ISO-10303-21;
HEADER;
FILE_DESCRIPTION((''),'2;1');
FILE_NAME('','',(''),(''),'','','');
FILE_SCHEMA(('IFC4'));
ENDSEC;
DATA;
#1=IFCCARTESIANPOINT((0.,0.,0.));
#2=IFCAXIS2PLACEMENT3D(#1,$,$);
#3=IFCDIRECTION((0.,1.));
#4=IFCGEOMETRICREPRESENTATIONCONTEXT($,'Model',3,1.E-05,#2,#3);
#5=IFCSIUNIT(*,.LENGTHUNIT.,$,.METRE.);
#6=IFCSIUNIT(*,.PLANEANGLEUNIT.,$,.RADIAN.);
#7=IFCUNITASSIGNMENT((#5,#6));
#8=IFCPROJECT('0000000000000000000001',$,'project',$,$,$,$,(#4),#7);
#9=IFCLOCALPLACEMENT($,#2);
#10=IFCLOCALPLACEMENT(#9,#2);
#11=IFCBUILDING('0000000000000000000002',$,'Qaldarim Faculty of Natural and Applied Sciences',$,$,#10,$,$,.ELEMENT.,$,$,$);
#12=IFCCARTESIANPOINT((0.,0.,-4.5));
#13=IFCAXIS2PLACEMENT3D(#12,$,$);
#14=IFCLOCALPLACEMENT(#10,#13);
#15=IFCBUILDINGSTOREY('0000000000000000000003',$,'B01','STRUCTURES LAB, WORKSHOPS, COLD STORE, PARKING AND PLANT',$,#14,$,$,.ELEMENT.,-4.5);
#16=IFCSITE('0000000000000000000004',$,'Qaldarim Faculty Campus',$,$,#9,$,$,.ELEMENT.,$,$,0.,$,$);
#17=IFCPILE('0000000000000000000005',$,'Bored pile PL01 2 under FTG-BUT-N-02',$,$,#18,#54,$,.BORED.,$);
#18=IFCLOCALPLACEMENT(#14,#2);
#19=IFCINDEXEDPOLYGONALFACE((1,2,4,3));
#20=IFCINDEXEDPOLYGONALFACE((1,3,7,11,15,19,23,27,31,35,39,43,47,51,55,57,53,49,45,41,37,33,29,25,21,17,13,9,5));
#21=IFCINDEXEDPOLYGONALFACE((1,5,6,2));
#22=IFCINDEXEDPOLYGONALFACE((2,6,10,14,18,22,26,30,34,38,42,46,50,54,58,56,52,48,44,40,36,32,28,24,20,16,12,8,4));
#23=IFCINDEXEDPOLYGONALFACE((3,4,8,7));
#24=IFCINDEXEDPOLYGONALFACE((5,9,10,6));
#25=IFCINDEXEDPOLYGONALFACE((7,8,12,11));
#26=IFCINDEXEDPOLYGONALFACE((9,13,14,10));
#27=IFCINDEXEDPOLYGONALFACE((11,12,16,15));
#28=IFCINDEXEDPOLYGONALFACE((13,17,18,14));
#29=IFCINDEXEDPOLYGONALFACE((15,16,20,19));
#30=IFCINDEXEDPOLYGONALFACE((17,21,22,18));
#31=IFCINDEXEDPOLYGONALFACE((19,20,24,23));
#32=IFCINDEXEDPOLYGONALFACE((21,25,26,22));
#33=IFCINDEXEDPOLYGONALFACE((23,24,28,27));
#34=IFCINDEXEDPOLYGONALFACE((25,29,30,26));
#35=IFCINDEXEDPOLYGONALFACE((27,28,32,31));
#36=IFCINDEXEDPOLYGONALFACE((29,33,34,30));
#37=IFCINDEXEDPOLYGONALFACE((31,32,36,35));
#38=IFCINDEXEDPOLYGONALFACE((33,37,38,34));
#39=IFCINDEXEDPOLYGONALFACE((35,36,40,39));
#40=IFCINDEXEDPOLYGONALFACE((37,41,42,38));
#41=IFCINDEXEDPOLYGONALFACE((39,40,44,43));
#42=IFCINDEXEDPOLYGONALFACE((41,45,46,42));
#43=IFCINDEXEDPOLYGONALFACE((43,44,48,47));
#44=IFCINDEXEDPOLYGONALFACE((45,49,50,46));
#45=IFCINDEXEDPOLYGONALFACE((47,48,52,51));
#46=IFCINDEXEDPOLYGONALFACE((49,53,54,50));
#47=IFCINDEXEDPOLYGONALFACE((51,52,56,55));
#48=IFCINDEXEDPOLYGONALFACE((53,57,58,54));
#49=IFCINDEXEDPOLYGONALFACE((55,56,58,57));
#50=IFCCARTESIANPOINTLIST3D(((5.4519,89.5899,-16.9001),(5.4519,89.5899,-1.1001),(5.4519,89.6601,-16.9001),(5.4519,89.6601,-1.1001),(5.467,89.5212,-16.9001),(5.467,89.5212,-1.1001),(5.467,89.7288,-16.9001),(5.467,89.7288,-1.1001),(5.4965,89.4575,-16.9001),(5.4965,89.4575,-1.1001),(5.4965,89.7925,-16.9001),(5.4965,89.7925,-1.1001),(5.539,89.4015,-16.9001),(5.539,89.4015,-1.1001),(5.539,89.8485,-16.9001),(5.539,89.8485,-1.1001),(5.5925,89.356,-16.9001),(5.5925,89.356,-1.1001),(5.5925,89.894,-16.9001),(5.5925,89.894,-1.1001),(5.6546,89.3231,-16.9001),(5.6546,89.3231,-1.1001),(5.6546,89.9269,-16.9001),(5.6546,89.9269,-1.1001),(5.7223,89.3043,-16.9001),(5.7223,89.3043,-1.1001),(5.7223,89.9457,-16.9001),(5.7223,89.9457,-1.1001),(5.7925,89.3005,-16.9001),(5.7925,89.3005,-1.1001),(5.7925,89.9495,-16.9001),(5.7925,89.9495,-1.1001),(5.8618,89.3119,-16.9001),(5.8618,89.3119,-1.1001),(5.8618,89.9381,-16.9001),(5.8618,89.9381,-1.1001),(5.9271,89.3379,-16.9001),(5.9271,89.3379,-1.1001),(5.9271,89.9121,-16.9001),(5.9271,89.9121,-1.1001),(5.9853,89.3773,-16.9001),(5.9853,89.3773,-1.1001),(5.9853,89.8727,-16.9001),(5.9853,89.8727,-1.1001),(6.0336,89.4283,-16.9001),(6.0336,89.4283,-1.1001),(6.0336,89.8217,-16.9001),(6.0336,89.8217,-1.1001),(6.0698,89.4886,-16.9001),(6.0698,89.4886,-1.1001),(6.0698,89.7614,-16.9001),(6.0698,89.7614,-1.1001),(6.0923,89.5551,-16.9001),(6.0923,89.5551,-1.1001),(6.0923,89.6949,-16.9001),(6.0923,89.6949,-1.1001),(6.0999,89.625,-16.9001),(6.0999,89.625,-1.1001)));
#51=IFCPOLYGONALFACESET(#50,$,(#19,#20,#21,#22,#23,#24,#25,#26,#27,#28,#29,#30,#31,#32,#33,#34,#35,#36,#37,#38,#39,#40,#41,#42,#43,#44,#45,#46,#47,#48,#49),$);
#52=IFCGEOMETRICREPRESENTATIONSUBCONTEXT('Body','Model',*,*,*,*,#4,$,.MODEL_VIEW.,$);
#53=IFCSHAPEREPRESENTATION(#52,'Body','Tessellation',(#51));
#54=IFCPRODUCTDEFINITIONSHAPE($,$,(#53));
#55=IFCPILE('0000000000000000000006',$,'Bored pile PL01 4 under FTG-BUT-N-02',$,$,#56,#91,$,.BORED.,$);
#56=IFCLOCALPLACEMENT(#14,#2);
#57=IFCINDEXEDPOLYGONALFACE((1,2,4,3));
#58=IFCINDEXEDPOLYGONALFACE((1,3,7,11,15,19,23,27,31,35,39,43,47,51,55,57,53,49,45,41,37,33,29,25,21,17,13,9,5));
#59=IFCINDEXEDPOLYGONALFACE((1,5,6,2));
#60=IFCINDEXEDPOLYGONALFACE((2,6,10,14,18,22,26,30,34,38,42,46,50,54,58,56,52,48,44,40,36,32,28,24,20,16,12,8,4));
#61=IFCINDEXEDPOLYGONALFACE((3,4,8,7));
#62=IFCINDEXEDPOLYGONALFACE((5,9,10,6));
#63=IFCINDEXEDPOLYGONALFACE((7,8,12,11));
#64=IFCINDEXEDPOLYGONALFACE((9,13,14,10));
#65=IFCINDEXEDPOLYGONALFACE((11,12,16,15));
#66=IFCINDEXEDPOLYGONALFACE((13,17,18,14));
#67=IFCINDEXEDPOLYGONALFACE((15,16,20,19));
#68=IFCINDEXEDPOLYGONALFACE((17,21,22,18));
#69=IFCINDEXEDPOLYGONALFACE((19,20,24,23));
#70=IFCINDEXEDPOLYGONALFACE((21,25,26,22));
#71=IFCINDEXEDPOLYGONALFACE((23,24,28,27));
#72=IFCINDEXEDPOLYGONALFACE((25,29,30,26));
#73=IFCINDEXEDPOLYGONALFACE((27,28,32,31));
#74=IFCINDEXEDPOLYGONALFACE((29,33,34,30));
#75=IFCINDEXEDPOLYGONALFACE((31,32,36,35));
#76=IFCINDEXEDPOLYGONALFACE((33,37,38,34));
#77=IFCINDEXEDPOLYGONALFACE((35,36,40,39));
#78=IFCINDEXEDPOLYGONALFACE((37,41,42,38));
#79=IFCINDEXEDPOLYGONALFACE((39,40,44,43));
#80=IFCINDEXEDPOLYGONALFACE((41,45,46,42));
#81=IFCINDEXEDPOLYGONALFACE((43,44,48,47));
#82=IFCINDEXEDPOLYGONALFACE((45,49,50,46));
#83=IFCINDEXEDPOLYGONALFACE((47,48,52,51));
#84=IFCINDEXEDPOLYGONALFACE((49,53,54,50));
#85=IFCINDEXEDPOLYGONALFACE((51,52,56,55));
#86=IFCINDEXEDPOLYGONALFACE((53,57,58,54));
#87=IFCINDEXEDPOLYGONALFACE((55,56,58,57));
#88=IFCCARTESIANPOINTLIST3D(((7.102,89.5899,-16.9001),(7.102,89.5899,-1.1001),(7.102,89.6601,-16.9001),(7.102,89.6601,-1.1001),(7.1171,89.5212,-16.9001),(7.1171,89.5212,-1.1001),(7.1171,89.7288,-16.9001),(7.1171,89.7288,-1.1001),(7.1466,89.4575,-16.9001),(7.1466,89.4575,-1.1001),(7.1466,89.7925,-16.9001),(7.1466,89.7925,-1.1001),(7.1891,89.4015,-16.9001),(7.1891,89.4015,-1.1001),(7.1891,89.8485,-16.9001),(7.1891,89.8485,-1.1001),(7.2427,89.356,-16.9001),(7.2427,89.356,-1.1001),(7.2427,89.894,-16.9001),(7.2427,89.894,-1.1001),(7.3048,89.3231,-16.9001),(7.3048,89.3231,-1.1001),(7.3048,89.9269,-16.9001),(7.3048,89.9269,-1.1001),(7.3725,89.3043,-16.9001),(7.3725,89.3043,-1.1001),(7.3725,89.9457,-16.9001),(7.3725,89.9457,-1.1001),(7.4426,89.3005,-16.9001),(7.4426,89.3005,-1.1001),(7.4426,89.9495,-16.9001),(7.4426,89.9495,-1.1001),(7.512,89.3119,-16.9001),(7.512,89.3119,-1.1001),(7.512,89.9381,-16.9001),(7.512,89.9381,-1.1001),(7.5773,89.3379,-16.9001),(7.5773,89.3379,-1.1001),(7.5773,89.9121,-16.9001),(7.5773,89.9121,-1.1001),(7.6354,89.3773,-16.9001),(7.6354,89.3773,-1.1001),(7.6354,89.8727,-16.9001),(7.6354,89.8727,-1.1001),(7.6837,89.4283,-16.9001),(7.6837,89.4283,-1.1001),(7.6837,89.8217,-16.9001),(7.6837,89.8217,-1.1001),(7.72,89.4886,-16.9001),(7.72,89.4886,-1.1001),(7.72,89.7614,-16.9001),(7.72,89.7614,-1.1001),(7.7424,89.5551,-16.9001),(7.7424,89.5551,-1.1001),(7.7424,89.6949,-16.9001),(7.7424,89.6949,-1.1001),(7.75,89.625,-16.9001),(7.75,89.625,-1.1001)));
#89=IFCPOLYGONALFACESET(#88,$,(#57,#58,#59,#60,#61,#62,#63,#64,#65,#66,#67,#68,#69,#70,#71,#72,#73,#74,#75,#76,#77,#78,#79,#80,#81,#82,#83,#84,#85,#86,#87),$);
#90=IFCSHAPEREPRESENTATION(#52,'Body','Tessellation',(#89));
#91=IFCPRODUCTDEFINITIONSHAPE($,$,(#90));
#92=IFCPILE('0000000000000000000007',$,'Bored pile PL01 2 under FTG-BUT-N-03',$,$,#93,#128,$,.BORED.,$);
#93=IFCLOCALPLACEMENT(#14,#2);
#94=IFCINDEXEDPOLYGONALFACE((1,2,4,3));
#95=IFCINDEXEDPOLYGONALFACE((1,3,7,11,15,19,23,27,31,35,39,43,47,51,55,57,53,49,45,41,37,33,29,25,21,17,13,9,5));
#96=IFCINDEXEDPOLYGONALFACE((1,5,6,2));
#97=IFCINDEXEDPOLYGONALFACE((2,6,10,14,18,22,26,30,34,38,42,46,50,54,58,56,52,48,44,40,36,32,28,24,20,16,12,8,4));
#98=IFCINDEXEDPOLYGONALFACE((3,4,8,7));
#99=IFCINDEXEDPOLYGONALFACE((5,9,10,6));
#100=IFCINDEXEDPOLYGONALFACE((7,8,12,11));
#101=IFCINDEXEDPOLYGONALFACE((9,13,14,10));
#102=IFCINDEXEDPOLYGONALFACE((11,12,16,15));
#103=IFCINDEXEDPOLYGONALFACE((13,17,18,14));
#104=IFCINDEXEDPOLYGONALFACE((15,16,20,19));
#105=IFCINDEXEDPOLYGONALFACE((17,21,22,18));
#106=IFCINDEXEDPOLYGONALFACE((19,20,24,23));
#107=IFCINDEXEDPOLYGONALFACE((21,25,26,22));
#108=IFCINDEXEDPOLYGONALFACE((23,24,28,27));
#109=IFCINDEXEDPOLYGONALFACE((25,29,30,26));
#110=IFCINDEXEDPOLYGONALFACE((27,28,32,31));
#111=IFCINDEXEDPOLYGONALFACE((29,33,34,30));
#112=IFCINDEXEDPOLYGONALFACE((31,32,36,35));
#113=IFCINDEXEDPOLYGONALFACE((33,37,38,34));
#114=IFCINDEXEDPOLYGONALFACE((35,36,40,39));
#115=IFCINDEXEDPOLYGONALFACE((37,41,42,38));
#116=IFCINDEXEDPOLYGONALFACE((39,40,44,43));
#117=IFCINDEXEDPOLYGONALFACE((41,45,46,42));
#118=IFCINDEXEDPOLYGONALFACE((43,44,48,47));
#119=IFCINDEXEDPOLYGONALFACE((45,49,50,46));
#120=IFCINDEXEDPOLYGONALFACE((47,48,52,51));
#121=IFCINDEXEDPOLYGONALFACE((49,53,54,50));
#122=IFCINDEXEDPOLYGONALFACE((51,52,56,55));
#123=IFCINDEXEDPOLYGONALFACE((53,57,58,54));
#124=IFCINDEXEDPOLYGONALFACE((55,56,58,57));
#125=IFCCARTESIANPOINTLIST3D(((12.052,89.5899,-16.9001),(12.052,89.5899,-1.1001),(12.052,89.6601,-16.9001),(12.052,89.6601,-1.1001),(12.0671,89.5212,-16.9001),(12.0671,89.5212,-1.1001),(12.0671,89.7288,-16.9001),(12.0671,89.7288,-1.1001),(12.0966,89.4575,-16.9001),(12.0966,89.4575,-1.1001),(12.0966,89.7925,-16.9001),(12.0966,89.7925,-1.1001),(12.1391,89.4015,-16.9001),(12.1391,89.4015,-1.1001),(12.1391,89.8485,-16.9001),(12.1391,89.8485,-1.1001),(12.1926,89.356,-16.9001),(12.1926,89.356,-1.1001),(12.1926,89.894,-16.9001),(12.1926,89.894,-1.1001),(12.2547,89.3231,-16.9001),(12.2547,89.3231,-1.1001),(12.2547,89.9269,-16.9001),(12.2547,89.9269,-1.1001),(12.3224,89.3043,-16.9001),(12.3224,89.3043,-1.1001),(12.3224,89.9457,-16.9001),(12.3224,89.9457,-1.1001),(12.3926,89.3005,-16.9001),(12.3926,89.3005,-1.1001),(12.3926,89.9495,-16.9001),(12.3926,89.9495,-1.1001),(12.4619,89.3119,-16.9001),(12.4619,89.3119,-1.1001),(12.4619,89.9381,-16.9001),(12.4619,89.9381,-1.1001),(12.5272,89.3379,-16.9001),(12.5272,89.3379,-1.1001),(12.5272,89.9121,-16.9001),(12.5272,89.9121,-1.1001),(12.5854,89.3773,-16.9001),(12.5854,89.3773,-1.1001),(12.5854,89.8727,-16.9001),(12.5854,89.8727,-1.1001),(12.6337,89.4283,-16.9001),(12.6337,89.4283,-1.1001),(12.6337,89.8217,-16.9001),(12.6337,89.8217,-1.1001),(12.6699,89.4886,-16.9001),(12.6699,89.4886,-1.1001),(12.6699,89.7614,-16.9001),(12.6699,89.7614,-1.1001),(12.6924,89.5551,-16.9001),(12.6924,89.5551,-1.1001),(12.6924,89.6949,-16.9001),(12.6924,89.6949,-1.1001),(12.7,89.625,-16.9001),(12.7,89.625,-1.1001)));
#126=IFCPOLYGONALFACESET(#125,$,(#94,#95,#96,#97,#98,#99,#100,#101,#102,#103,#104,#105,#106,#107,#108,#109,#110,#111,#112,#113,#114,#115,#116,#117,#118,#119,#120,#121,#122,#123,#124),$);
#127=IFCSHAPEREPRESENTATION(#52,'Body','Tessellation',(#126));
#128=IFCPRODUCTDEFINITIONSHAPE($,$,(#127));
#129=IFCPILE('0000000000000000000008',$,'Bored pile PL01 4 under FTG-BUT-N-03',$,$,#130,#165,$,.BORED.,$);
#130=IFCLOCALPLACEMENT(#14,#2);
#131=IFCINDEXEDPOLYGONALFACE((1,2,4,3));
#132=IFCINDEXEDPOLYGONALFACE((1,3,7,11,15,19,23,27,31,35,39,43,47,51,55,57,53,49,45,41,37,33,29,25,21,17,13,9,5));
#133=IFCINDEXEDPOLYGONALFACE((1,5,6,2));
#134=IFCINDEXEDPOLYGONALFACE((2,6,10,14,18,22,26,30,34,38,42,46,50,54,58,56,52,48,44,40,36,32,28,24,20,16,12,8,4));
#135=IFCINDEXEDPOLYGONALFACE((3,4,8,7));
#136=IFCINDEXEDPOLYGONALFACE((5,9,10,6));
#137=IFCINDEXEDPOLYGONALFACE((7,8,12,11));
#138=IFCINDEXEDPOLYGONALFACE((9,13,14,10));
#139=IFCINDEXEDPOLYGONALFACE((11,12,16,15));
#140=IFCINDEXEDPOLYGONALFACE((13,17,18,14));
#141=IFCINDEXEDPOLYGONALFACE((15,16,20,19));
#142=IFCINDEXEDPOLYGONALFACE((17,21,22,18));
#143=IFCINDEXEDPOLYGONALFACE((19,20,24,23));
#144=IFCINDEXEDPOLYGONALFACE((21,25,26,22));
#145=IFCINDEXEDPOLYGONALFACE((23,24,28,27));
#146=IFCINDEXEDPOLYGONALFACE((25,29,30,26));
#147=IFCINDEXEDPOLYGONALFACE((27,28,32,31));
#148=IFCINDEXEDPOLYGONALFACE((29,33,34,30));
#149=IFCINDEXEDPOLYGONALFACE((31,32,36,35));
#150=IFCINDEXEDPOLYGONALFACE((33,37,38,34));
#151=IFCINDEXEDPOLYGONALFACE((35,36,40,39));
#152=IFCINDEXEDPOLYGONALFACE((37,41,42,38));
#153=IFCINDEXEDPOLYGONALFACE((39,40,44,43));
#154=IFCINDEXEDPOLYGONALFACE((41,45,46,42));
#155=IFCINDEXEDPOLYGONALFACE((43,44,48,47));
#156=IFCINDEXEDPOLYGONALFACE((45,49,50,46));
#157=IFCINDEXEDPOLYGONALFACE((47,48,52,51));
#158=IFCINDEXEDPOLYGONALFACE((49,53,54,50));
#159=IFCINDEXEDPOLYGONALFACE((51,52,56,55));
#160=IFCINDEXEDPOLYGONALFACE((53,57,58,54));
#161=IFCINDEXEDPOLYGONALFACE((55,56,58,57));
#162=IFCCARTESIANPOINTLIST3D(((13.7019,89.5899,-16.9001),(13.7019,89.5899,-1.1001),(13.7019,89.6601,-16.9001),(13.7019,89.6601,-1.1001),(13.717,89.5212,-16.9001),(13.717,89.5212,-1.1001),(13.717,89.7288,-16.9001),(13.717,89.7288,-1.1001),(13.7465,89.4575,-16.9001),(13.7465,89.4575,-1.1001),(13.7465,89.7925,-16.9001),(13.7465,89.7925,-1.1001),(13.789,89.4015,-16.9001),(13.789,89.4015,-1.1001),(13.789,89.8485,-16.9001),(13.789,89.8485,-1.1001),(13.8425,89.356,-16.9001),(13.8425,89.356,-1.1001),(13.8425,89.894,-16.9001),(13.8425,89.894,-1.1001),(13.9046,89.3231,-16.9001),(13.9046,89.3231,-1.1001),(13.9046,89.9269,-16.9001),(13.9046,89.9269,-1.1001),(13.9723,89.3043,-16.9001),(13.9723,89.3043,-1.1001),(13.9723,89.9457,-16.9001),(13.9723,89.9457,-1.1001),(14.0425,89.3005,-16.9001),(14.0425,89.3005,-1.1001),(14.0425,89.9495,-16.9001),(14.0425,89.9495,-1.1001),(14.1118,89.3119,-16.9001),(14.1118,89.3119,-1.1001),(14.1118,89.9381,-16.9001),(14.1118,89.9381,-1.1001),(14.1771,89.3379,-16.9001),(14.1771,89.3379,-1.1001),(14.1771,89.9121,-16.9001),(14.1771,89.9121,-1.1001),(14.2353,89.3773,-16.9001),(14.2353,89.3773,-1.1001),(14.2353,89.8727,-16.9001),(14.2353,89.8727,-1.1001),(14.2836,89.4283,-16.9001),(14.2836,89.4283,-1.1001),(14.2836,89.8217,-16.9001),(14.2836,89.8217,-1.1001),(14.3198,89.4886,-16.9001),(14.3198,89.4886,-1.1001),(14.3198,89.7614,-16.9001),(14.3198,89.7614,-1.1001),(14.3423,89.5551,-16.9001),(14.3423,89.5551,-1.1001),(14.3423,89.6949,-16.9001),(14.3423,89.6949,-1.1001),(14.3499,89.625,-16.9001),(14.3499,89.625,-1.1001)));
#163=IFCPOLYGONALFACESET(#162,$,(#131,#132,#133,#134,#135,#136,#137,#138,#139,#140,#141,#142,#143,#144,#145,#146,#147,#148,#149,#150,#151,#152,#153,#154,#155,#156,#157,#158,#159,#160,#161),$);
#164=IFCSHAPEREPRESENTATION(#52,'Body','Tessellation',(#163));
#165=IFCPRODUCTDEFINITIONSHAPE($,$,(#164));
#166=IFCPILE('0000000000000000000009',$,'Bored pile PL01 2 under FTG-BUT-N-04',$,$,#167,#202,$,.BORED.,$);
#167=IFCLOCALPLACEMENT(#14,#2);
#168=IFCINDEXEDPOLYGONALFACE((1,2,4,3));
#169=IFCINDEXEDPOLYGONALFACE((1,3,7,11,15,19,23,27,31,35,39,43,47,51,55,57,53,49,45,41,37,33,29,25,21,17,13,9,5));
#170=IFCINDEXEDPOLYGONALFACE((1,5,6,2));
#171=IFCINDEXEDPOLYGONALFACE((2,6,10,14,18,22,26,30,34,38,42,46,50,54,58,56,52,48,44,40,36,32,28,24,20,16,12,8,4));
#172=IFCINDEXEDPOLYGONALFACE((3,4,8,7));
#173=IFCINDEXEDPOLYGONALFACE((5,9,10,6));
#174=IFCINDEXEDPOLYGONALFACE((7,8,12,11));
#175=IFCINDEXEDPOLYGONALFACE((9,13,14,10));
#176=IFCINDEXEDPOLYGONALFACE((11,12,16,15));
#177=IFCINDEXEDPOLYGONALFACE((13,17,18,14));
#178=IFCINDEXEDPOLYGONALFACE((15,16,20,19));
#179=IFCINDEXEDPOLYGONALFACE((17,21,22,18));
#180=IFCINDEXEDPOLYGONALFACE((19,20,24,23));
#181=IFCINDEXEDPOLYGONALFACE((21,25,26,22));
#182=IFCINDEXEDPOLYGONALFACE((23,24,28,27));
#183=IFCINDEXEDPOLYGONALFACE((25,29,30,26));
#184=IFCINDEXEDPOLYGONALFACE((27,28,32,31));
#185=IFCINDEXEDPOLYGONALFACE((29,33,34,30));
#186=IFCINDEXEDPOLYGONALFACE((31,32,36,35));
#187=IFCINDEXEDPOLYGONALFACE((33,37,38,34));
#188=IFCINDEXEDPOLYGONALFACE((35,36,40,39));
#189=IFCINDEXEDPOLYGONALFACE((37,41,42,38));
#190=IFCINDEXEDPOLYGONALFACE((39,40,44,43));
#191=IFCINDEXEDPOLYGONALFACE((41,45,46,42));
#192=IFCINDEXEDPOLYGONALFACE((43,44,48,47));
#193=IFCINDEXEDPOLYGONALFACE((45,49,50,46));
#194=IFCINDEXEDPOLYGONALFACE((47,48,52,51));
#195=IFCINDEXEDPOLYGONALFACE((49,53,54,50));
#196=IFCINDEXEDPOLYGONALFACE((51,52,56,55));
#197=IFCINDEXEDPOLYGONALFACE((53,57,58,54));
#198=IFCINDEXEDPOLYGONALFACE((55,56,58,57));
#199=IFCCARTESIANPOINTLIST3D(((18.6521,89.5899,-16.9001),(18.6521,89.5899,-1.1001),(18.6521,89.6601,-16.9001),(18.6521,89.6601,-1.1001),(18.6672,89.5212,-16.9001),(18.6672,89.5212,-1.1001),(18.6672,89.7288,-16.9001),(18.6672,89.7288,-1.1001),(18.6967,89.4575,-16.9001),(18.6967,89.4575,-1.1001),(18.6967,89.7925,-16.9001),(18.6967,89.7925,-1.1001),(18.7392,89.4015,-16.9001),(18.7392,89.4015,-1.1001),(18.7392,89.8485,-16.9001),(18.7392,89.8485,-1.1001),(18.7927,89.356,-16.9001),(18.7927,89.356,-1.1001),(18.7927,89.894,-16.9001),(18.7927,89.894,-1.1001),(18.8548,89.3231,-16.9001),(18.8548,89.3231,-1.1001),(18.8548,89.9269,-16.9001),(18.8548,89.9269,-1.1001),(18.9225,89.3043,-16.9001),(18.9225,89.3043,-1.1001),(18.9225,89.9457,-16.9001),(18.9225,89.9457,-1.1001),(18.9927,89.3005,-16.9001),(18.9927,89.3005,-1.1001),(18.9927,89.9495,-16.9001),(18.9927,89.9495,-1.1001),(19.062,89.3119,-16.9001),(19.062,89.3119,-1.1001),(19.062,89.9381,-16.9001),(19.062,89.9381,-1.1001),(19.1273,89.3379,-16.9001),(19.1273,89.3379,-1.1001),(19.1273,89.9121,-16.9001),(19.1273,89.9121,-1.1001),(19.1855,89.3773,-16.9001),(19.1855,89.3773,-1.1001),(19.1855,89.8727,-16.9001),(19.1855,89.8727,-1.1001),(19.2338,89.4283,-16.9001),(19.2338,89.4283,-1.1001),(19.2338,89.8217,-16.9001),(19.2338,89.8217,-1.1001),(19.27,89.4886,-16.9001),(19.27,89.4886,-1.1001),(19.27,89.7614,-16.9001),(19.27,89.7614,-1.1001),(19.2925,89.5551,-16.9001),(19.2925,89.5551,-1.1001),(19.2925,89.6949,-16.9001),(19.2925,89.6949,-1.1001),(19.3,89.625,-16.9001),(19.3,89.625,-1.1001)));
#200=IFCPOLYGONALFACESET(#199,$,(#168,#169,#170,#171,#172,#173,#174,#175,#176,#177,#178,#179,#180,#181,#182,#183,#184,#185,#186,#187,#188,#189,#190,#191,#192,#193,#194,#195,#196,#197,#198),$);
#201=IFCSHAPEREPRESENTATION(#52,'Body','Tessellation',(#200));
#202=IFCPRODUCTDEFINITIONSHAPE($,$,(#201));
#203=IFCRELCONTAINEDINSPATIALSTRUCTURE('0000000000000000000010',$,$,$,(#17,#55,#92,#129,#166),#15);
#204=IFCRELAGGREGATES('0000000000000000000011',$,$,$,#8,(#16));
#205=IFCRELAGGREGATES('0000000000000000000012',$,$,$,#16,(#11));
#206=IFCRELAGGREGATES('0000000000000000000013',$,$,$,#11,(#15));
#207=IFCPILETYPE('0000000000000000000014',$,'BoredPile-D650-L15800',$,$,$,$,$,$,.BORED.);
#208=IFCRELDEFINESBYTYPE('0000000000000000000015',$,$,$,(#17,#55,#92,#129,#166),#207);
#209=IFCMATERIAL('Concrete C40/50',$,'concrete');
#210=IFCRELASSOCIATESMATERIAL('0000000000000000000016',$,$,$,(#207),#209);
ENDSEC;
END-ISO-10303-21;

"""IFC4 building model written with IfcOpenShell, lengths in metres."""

from ifc_helpers import new_model, si_unit, direction, frame, origin, origin_2d, place, context, subcontext, project, spatial, circle, extrude, material, material_profile, profile_set, type_object, element, save


model = new_model("IFC4")

# Units and contexts
model_context = context("Model", 3, precision=1e-05, world=origin(), true_north=direction((0.0, 1.0)))
body_context = subcontext(model_context, "Body", "Model", "MODEL_VIEW")
ifc_project = project(units=[si_unit("LENGTHUNIT", "METRE"), si_unit("PLANEANGLEUNIT", "RADIAN")], contexts=[model_context])

# Site, building, storey
site_placement = place(None, origin())
site = spatial("IfcSite", under=ifc_project, at=site_placement, Name="Qaldarim Faculty Campus", CompositionType="ELEMENT", RefElevation=0.0)
building_placement = place(site_placement, origin())
building = spatial("IfcBuilding", under=site, at=building_placement, Name="Qaldarim Faculty of Natural and Applied Sciences", CompositionType="ELEMENT")
storey_placement = place(building_placement, frame((0.0, 0.0, -4.5)))
storey = spatial("IfcBuildingStorey", under=building, at=storey_placement, Name="B01", Description="STRUCTURES LAB, WORKSHOPS, COLD STORE, PARKING AND PLANT", CompositionType="ELEMENT", Elevation=-4.5)

# Piles
ifc_material_1 = material(Name="Concrete C40/50", Category="concrete")
ifc_material_profile_1 = material_profile(ifc_material_1, circle(Radius=0.325, at=origin_2d()), Name="PILE-D650")
ifc_profile_set_1 = profile_set([ifc_material_profile_1], Name="Concrete C40/50")
pile_type_1 = type_object("IfcPileType", Name="BoredPile-D650-L15800", PredefinedType="BORED", material=ifc_profile_set_1)
for number, where, z_axis, x_axis, name in (
    (1, (5.7749, 89.625, -1.1001), (0.0, 0.0, -1.0), (1.0, 0.0, 0.0), "Bored pile PL01 2 under FTG-BUT-N-02"),
    (2, (7.425, 89.625, -1.1001), (0.0, 0.0, -1.0), (1.0, 0.0, 0.0), "Bored pile PL01 4 under FTG-BUT-N-02"),
    (3, (12.375, 89.625, -1.1001), (0.0, 0.0, -1.0), (1.0, 0.0, 0.0), "Bored pile PL01 2 under FTG-BUT-N-03"),
    (4, (14.0249, 89.625, -1.1001), (0.0, 0.0, -1.0), (1.0, 0.0, 0.0), "Bored pile PL01 4 under FTG-BUT-N-03"),
    (5, (18.9751, 89.625, -1.1001), (0.0, 0.0, -1.0), (1.0, 0.0, 0.0), "Bored pile PL01 2 under FTG-BUT-N-04"),
):
    element("IfcPile", number, at=place(storey_placement, frame(where, z_axis=z_axis, x_axis=x_axis)), inside=storey, type_object=pile_type_1, Name=name, PredefinedType="BORED", context=body_context, shape_type="SweptSolid", body=[
        extrude(circle(Radius=0.325, at=origin_2d()), origin(), (0.0, 0.0, 1.0), 15.8),
    ])

save(model, "model.ifc")
